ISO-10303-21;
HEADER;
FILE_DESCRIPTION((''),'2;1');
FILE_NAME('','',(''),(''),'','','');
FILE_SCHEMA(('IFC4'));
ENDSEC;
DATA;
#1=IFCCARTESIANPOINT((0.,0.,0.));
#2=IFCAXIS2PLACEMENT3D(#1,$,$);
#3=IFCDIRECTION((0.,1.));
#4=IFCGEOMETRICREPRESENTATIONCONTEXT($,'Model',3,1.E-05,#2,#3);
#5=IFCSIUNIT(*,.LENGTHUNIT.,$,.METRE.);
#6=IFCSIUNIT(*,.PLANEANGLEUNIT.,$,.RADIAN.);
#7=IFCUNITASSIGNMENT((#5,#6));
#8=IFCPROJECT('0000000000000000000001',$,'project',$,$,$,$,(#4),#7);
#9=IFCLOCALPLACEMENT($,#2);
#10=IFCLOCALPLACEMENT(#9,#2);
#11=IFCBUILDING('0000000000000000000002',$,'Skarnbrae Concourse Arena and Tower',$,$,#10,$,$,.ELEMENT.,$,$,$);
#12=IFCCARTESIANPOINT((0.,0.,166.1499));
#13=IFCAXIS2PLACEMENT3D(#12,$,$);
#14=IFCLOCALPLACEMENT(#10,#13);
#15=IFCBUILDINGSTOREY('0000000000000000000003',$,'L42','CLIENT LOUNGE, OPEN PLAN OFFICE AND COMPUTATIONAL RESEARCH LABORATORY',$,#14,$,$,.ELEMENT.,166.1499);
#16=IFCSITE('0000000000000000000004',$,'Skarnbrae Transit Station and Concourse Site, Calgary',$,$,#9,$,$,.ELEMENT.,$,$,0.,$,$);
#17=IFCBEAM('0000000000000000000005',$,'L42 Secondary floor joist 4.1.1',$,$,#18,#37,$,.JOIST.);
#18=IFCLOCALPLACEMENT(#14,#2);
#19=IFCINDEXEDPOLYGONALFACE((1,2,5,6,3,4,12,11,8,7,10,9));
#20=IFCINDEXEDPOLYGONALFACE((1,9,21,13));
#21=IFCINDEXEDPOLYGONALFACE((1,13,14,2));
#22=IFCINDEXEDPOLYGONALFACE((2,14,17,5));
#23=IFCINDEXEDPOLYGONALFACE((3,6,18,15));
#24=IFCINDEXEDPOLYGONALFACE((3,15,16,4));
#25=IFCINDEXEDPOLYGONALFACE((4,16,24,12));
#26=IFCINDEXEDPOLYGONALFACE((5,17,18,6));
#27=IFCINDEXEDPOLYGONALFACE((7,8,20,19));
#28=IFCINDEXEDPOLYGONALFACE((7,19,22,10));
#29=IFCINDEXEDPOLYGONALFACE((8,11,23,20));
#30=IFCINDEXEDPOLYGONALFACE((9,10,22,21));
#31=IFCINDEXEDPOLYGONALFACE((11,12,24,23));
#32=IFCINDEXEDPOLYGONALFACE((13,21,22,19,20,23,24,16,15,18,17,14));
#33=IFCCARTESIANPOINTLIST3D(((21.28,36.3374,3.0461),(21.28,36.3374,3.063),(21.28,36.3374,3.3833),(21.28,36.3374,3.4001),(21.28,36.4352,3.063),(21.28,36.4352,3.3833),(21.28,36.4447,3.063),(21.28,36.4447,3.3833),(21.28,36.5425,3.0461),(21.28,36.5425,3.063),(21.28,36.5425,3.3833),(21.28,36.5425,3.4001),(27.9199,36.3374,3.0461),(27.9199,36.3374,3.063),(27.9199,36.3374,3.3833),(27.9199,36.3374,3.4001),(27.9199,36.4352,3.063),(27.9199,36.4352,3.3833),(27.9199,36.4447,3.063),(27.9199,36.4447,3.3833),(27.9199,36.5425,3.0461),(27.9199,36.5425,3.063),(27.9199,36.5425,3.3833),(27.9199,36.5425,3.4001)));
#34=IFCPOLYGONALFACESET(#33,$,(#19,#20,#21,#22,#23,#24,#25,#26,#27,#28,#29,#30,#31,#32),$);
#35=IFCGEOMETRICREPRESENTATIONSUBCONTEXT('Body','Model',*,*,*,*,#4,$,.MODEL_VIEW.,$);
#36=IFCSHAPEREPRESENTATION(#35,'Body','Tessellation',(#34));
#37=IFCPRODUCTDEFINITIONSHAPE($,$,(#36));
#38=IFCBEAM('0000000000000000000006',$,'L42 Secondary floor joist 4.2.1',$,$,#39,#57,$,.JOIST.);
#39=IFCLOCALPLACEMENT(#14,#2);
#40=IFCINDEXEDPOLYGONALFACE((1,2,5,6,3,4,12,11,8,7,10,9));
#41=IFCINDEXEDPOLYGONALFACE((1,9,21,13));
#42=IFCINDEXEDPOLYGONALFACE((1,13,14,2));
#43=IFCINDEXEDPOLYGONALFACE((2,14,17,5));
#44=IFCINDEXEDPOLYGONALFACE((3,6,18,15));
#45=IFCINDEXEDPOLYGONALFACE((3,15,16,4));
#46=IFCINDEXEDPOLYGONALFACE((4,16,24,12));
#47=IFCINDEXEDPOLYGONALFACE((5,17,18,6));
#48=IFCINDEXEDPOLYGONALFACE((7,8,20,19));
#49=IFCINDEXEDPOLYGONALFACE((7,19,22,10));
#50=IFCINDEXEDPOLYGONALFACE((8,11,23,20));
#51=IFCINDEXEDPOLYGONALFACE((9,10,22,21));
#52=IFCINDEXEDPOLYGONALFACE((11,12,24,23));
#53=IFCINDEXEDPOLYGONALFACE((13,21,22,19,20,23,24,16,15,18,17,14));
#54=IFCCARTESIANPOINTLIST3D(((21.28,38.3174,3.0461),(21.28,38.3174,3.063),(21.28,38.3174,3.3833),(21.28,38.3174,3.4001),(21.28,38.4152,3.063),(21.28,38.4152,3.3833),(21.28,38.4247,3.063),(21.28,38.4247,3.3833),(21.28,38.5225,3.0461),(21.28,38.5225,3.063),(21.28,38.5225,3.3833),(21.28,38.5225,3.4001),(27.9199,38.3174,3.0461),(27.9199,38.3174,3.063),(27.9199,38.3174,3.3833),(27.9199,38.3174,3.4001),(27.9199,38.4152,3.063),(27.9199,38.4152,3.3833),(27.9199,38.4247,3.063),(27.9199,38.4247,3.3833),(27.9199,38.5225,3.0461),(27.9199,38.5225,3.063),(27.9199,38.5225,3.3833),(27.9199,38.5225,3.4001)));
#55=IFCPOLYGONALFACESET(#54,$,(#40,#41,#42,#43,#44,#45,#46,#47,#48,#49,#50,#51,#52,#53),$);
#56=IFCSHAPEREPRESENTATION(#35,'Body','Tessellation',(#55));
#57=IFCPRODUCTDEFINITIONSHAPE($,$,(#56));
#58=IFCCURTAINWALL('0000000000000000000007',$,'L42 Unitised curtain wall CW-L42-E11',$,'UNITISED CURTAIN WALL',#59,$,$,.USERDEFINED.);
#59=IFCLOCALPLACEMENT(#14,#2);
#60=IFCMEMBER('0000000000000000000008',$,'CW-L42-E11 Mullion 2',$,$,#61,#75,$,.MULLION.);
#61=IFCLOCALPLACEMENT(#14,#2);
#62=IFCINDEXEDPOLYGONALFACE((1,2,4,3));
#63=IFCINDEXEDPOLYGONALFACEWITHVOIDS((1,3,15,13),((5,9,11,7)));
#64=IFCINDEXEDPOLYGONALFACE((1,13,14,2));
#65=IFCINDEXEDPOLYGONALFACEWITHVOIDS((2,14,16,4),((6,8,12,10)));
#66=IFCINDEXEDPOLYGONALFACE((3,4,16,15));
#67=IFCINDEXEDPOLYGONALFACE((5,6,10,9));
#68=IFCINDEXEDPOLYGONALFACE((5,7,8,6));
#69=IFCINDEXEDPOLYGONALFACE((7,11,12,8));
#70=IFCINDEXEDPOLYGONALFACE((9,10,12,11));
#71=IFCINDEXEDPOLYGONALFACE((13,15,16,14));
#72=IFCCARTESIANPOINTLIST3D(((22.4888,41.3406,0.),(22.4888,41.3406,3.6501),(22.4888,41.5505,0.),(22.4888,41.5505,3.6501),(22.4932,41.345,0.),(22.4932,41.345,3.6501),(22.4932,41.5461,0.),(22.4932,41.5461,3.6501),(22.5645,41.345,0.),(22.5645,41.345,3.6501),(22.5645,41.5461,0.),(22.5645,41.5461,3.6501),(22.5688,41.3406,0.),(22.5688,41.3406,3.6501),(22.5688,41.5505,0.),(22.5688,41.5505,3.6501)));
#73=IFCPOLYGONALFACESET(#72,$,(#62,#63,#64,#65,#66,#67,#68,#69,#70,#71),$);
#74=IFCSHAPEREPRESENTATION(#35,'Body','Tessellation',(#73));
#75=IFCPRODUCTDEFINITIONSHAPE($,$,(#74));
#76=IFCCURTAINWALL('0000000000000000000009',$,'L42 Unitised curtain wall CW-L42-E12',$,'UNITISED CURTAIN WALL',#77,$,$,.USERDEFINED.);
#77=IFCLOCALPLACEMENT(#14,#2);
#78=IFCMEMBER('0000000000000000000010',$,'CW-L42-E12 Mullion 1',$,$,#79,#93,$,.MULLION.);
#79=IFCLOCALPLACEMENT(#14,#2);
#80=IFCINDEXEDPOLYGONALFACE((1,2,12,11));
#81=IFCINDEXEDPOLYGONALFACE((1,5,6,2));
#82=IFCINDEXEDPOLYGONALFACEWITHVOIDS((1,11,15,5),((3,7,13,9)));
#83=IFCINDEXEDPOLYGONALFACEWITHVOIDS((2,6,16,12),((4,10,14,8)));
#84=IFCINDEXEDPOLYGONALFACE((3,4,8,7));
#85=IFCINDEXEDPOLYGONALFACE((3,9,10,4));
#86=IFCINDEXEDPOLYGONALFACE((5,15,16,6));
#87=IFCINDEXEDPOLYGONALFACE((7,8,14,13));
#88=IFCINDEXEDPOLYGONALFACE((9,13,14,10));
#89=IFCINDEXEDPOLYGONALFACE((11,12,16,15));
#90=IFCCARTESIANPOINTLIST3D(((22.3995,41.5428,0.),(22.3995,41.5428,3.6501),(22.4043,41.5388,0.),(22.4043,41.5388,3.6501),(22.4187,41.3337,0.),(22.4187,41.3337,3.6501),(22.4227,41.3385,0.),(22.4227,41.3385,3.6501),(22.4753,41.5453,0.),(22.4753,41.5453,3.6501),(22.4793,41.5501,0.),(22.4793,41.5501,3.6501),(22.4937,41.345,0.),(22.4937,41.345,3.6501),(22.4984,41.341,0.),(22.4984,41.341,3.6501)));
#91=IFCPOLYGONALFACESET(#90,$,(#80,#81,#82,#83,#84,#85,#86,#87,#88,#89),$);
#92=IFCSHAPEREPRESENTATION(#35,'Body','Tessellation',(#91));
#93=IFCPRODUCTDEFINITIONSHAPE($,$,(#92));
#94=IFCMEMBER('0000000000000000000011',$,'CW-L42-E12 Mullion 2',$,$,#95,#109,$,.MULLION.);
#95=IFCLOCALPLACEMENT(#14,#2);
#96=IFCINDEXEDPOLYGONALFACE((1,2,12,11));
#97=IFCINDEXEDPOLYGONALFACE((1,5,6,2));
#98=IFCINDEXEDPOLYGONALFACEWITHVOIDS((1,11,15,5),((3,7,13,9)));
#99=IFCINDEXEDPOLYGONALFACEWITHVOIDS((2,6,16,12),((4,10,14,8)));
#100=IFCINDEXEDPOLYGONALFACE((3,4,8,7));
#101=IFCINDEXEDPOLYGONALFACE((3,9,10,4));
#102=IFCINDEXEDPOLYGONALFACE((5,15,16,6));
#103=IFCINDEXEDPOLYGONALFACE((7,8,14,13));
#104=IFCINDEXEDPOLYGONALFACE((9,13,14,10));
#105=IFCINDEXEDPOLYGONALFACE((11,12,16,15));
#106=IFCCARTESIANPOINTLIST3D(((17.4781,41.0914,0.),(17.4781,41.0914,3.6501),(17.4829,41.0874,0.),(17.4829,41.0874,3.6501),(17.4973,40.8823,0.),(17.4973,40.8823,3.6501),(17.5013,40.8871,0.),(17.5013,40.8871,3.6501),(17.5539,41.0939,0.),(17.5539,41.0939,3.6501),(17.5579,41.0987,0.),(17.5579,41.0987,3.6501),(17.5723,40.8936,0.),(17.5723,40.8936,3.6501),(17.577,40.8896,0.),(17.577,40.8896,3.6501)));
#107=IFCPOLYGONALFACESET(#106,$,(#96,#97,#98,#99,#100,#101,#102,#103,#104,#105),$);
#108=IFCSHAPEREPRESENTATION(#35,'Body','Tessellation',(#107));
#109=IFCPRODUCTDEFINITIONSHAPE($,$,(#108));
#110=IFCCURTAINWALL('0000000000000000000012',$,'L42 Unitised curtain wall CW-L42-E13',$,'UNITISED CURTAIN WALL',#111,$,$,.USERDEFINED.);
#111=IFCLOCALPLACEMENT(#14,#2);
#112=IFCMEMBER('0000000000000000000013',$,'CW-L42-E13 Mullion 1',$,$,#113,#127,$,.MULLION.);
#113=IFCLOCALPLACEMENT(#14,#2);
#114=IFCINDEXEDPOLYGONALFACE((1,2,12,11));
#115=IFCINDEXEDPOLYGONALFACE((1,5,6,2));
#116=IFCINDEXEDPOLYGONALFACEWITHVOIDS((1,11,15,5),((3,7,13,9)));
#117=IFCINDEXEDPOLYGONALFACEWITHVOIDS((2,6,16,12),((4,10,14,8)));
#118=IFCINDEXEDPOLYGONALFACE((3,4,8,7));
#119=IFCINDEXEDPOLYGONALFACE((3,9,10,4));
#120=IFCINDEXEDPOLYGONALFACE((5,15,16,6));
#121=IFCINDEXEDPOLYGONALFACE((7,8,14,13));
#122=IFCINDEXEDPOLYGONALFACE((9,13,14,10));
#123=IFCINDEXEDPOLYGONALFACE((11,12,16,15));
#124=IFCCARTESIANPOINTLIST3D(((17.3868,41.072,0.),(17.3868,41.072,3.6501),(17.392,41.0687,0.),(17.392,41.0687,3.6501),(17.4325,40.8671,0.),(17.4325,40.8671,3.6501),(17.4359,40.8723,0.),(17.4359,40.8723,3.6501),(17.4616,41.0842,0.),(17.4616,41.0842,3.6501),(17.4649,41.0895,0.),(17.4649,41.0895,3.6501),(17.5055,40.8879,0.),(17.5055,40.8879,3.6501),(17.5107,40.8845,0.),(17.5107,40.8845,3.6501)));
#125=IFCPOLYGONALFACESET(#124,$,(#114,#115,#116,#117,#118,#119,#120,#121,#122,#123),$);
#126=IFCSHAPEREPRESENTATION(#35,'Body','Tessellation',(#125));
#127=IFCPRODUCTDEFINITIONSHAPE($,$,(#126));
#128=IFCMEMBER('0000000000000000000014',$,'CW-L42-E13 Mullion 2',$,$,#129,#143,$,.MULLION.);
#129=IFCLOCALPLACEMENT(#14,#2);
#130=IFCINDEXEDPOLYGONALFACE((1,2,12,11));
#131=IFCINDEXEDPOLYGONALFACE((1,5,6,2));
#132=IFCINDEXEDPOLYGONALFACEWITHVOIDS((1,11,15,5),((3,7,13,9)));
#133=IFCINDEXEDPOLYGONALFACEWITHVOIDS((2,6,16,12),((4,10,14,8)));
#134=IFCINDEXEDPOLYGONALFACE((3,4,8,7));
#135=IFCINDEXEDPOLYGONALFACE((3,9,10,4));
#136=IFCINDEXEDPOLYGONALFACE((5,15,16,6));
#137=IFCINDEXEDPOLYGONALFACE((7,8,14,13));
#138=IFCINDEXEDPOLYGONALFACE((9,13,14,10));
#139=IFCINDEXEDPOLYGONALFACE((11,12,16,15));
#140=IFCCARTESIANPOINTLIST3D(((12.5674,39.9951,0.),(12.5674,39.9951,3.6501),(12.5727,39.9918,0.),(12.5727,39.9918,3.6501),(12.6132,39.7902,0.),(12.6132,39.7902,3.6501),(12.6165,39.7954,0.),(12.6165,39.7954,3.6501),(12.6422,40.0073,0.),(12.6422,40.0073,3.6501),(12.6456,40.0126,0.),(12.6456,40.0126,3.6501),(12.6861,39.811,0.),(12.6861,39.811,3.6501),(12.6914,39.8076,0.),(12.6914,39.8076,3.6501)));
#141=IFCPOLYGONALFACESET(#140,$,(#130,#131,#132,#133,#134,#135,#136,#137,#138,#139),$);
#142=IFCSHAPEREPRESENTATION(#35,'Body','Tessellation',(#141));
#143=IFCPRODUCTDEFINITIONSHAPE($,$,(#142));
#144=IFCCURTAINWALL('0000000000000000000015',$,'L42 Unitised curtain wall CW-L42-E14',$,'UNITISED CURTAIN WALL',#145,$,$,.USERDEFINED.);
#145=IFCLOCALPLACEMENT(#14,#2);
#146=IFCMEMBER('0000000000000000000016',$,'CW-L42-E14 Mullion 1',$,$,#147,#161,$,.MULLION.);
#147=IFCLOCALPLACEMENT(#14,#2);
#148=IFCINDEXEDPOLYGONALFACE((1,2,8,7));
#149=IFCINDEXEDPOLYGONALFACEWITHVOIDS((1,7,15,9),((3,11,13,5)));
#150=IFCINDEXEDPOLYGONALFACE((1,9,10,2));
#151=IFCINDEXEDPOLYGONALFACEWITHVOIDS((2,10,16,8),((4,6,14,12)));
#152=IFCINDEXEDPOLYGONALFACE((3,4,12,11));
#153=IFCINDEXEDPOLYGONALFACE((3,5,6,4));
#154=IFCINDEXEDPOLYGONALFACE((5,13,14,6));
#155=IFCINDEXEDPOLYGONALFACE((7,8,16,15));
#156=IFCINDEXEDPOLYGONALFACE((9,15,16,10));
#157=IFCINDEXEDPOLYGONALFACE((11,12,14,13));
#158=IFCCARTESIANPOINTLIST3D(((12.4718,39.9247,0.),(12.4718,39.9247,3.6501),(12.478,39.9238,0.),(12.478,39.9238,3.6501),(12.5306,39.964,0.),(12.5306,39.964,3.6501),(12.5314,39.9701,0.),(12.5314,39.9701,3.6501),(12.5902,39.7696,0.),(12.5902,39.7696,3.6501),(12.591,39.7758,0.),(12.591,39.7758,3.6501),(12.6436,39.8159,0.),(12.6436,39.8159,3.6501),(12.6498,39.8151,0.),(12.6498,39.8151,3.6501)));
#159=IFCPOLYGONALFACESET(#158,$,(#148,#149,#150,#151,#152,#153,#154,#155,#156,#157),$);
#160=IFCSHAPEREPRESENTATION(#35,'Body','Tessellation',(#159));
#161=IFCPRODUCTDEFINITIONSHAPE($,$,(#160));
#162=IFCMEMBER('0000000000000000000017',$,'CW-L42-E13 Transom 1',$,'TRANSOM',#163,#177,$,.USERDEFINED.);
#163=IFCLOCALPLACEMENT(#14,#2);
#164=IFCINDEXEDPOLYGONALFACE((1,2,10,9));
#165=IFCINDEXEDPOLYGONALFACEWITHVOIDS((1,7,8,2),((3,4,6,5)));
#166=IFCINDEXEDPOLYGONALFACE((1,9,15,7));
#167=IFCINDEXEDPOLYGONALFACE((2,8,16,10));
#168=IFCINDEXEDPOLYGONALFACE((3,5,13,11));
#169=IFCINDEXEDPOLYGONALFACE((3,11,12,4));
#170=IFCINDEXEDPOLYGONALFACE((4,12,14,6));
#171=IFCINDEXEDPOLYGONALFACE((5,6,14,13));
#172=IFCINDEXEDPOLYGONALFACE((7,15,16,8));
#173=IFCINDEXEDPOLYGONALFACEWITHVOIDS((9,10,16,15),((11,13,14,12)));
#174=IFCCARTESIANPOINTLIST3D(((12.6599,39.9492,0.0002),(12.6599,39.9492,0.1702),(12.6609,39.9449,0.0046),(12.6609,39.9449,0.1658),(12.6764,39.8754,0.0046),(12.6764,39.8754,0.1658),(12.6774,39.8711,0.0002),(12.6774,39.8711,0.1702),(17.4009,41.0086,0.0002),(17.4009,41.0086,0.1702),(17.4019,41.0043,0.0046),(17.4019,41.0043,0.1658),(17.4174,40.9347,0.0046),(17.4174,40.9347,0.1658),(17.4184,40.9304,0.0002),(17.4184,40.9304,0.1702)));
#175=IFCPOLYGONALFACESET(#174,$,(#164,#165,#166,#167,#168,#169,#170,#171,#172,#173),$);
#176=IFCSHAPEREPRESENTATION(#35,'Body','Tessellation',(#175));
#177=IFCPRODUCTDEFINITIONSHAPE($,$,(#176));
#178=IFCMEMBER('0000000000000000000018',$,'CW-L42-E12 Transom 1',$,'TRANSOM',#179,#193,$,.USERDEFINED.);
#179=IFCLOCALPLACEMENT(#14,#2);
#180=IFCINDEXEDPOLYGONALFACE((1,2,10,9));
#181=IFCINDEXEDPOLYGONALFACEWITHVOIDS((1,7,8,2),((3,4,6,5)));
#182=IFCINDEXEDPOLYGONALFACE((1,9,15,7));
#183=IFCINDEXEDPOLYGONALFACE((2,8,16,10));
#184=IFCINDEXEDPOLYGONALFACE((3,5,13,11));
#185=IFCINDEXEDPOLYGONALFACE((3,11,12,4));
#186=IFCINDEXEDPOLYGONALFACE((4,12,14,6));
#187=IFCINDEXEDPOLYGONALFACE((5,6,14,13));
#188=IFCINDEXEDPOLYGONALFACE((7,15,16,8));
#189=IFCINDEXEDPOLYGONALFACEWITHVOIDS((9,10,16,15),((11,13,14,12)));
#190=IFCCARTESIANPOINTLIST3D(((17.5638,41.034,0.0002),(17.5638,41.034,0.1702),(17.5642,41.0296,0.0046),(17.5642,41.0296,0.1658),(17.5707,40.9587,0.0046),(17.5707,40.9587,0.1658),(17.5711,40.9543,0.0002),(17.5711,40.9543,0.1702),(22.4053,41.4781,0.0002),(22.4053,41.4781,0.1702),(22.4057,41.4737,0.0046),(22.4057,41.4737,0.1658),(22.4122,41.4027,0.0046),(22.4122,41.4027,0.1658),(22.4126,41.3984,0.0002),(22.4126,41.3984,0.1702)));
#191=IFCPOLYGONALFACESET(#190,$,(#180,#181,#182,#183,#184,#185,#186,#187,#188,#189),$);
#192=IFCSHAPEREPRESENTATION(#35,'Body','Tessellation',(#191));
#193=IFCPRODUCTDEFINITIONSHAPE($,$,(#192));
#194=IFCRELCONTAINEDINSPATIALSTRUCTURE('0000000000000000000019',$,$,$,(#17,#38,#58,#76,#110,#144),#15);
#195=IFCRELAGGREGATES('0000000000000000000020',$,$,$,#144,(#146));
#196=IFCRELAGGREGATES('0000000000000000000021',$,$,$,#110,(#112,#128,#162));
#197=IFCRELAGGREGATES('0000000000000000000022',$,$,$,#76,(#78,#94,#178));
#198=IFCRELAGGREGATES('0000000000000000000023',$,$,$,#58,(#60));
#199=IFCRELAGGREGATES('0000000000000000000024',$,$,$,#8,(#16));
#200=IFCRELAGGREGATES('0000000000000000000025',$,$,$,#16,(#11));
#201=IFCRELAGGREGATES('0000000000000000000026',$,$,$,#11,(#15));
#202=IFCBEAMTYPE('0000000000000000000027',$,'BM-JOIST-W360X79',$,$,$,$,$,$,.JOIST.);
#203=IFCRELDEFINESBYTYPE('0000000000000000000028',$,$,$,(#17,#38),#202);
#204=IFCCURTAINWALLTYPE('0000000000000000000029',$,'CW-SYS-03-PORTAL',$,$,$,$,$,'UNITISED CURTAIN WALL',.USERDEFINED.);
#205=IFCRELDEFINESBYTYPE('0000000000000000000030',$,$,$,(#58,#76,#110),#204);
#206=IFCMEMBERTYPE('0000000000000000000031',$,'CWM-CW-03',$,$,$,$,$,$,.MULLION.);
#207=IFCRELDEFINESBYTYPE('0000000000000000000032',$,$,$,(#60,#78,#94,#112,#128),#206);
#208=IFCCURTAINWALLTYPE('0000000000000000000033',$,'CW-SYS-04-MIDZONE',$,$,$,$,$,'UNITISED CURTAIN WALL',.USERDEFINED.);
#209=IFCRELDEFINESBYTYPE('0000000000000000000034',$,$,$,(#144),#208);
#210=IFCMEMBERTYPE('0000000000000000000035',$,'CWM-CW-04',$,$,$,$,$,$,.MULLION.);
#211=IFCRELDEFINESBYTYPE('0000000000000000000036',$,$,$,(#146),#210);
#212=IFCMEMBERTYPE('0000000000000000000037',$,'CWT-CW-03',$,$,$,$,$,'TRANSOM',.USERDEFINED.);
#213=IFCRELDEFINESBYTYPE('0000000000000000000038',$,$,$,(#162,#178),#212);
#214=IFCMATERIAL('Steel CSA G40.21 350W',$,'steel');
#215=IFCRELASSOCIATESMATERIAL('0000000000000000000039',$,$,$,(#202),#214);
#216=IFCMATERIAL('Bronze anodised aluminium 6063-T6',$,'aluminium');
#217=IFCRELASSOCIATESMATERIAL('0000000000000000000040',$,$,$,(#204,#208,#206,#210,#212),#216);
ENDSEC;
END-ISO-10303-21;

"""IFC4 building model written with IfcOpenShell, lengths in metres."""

from ifc_helpers import new_model, si_unit, direction, frame, origin, origin_2d, place, context, subcontext, project, spatial, hollow_rectangle, i_section, extrude, source, transform, mapped, material, material_profile, profile_set, type_object, element, aggregate, save


model = new_model("IFC4")

# Units and contexts
model_context = context("Model", 3, precision=1e-05, world=origin(), true_north=direction((0.0, 1.0)))
body_context = subcontext(model_context, "Body", "Model", "MODEL_VIEW")
ifc_project = project(units=[si_unit("LENGTHUNIT", "METRE"), si_unit("PLANEANGLEUNIT", "RADIAN")], contexts=[model_context])

# Site, building, storey
site_placement = place(None, origin())
site = spatial("IfcSite", under=ifc_project, at=site_placement, Name="Skarnbrae Transit Station and Concourse Site, Calgary", CompositionType="ELEMENT", RefElevation=0.0)
building_placement = place(site_placement, origin())
building = spatial("IfcBuilding", under=site, at=building_placement, Name="Skarnbrae Concourse Arena and Tower", CompositionType="ELEMENT")
storey_placement = place(building_placement, frame((0.0, 0.0, 166.1499)))
storey = spatial("IfcBuildingStorey", under=building, at=storey_placement, Name="L42", Description="CLIENT LOUNGE, OPEN PLAN OFFICE AND COMPUTATIONAL RESEARCH LABORATORY", CompositionType="ELEMENT", Elevation=166.1499)

# Shared definitions
ifc_material_1 = material(Name="Steel CSA G40.21 350W", Category="steel")

# Beams
ifc_material_profile_1 = material_profile(ifc_material_1, i_section(OverallWidth=0.2051, OverallDepth=0.354, WebThickness=0.0095, FlangeThickness=0.0168, at=origin_2d()), Name="W360X79")
ifc_profile_set_1 = profile_set([ifc_material_profile_1], Name="Steel CSA G40.21 350W")
beam_type_1 = type_object("IfcBeamType", Name="BM-JOIST-W360X79", PredefinedType="JOIST", material=ifc_profile_set_1)
shared_shape_1 = source(origin(), body_context, "Body", "SweptSolid", [
    extrude(i_section(OverallWidth=0.2051, OverallDepth=0.354, WebThickness=0.0095, FlangeThickness=0.0168, at=origin_2d()), origin(), (0.0, 0.0, 1.0), 6.6399),
])
for number, where, z_axis, x_axis, name in (
    (1, (21.28, 36.4399, 3.2231), (1.0, 0.0, 0.0), (0.0, 1.0, 0.0), "L42 Secondary floor joist 4.1.1"),
    (2, (21.28, 38.4199, 3.2231), (1.0, 0.0, 0.0), (0.0, 1.0, 0.0), "L42 Secondary floor joist 4.2.1"),
):
    element("IfcBeam", number, at=place(storey_placement, frame(where, z_axis=z_axis, x_axis=x_axis)), inside=storey, type_object=beam_type_1, Name=name, PredefinedType="JOIST", context=body_context, shape_type="MappedRepresentation", body=[
        mapped(shared_shape_1, transform((0.0, 0.0, 0.0))),
    ])

# Curtain wall, member
ifc_material_2 = material(Name="Bronze anodised aluminium 6063-T6", Category="aluminium")
curtain_wall_type_1 = type_object("IfcCurtainWallType", Name="CW-SYS-03-PORTAL", ElementType="UNITISED CURTAIN WALL", PredefinedType="USERDEFINED", material=ifc_material_2)
curtain_wall_1_placement = place(storey_placement, origin())
curtain_wall_1 = element("IfcCurtainWall", 3, at=curtain_wall_1_placement, inside=storey, type_object=curtain_wall_type_1, Name="L42 Unitised curtain wall CW-L42-E11", ObjectType="UNITISED CURTAIN WALL", PredefinedType="USERDEFINED")
ifc_material_profile_2 = material_profile(ifc_material_2, hollow_rectangle(XDim=0.0801, YDim=0.21, WallThickness=0.0044, at=origin_2d()), Name="ALU-MULL-80X210")
ifc_profile_set_2 = profile_set([ifc_material_profile_2], Name="Bronze anodised aluminium 6063-T6")
member_type_1 = type_object("IfcMemberType", Name="CWM-CW-03", PredefinedType="MULLION", material=ifc_profile_set_2)
shared_shape_2 = source(origin(), body_context, "Body", "SweptSolid", [
    extrude(hollow_rectangle(XDim=0.0801, YDim=0.21, WallThickness=0.0044, at=origin_2d()), origin(), (0.0, 0.0, 1.0), 3.6501),
])
member_1_placement = place(storey_placement, frame((22.5288, 41.4456, 0.0), z_axis=(0.0, 0.0, 1.0), x_axis=(-1.0, 0.0, 0.0)))
member_1 = element("IfcMember", 4, at=member_1_placement, type_object=member_type_1, Name="CW-L42-E11 Mullion 2", PredefinedType="MULLION", context=body_context, shape_type="MappedRepresentation", body=[
    mapped(shared_shape_2, transform((0.0, 0.0, 0.0))),
])

# Curtain walls, members
curtain_wall_2_placement = place(storey_placement, origin())
curtain_wall_2 = element("IfcCurtainWall", 5, at=curtain_wall_2_placement, inside=storey, type_object=curtain_wall_type_1, Name="L42 Unitised curtain wall CW-L42-E12", ObjectType="UNITISED CURTAIN WALL", PredefinedType="USERDEFINED")
member_2_placement = place(storey_placement, frame((22.449, 41.4419, 0.0), z_axis=(0.0, 0.0, 1.0), x_axis=(-0.99582, -0.091338, 0.0)))
member_2 = element("IfcMember", 6, at=member_2_placement, type_object=member_type_1, Name="CW-L42-E12 Mullion 1", PredefinedType="MULLION", context=body_context, shape_type="MappedRepresentation", body=[
    mapped(shared_shape_2, transform((0.0, 0.0, 0.0))),
])
member_3_placement = place(storey_placement, frame((17.5276, 40.9905, 0.0), z_axis=(0.0, 0.0, 1.0), x_axis=(-0.99582, -0.091338, 0.0)))
member_3 = element("IfcMember", 7, at=member_3_placement, type_object=member_type_1, Name="CW-L42-E12 Mullion 2", PredefinedType="MULLION", context=body_context, shape_type="MappedRepresentation", body=[
    mapped(shared_shape_2, transform((0.0, 0.0, 0.0))),
])
curtain_wall_3_placement = place(storey_placement, origin())
curtain_wall_3 = element("IfcCurtainWall", 8, at=curtain_wall_3_placement, inside=storey, type_object=curtain_wall_type_1, Name="L42 Unitised curtain wall CW-L42-E13", ObjectType="UNITISED CURTAIN WALL", PredefinedType="USERDEFINED")
member_4_placement = place(storey_placement, frame((17.4487, 40.9783, 0.0), z_axis=(0.0, 0.0, 1.0), x_axis=(-0.975936, -0.218056, 0.0)))
member_4 = element("IfcMember", 9, at=member_4_placement, type_object=member_type_1, Name="CW-L42-E13 Mullion 1", PredefinedType="MULLION", context=body_context, shape_type="MappedRepresentation", body=[
    mapped(shared_shape_2, transform((0.0, 0.0, 0.0))),
])
member_5_placement = place(storey_placement, frame((12.6294, 39.9014, 0.0), z_axis=(0.0, 0.0, 1.0), x_axis=(-0.975936, -0.218056, 0.0)))
member_5 = element("IfcMember", 10, at=member_5_placement, type_object=member_type_1, Name="CW-L42-E13 Mullion 2", PredefinedType="MULLION", context=body_context, shape_type="MappedRepresentation", body=[
    mapped(shared_shape_2, transform((0.0, 0.0, 0.0))),
])

# Curtain wall, member
curtain_wall_type_2 = type_object("IfcCurtainWallType", Name="CW-SYS-04-MIDZONE", ElementType="UNITISED CURTAIN WALL", PredefinedType="USERDEFINED", material=ifc_material_2)
curtain_wall_4_placement = place(storey_placement, origin())
curtain_wall_4 = element("IfcCurtainWall", 11, at=curtain_wall_4_placement, inside=storey, type_object=curtain_wall_type_2, Name="L42 Unitised curtain wall CW-L42-E14", ObjectType="UNITISED CURTAIN WALL", PredefinedType="USERDEFINED")
ifc_material_profile_3 = material_profile(ifc_material_2, hollow_rectangle(XDim=0.075, YDim=0.1951, WallThickness=0.0044, at=origin_2d()), Name="ALU-MULL-75X195")
ifc_profile_set_3 = profile_set([ifc_material_profile_3], Name="Bronze anodised aluminium 6063-T6")
member_type_2 = type_object("IfcMemberType", Name="CWM-CW-04", PredefinedType="MULLION", material=ifc_profile_set_3)
shared_shape_3 = source(origin(), body_context, "Body", "SweptSolid", [
    extrude(hollow_rectangle(XDim=0.075, YDim=0.1951, WallThickness=0.0044, at=origin_2d()), origin(), (0.0, 0.0, 1.0), 3.6501),
])
member_6_placement = place(storey_placement, frame((12.5608, 39.8699, 0.0), z_axis=(0.0, 0.0, 1.0), x_axis=(-0.794956, -0.606667, 0.0)))
member_6 = element("IfcMember", 12, at=member_6_placement, type_object=member_type_2, Name="CW-L42-E14 Mullion 1", PredefinedType="MULLION", context=body_context, shape_type="MappedRepresentation", body=[
    mapped(shared_shape_3, transform((0.0, 0.0, 0.0))),
])
aggregate(curtain_wall_4, [member_6])

# Members
ifc_material_profile_4 = material_profile(ifc_material_2, hollow_rectangle(XDim=0.0801, YDim=0.1699, WallThickness=0.0044, at=origin_2d()), Name="ALU-TRAN-80X170")
ifc_profile_set_4 = profile_set([ifc_material_profile_4], Name="Bronze anodised aluminium 6063-T6")
member_type_3 = type_object("IfcMemberType", Name="CWT-CW-03", ElementType="TRANSOM", PredefinedType="USERDEFINED", material=ifc_profile_set_4)
shared_shape_4 = source(origin(), body_context, "Body", "SweptSolid", [
    extrude(hollow_rectangle(XDim=0.0801, YDim=0.1699, WallThickness=0.0044, at=origin_2d()), origin(), (0.0, 0.0, 1.0), 4.8579),
])
member_7_placement = place(storey_placement, frame((17.4097, 40.9695, 0.0852), z_axis=(-0.975935, -0.218064, 0.0), x_axis=(0.218064, -0.975935, 0.0)))
member_7 = element("IfcMember", 13, at=member_7_placement, type_object=member_type_3, Name="CW-L42-E13 Transom 1", ObjectType="TRANSOM", PredefinedType="USERDEFINED", context=body_context, shape_type="MappedRepresentation", body=[
    mapped(shared_shape_4, transform((0.0, 0.0, 0.0))),
])
shared_shape_5 = source(origin(), body_context, "Body", "SweptSolid", [
    extrude(hollow_rectangle(XDim=0.0801, YDim=0.1699, WallThickness=0.0044, at=origin_2d()), origin(), (0.0, 0.0, 1.0), 4.8618),
])
member_8_placement = place(storey_placement, frame((22.4089, 41.4382, 0.0852), z_axis=(-0.99582, -0.091342, 0.0), x_axis=(0.091342, -0.99582, 0.0)))
member_8 = element("IfcMember", 14, at=member_8_placement, type_object=member_type_3, Name="CW-L42-E12 Transom 1", ObjectType="TRANSOM", PredefinedType="USERDEFINED", context=body_context, shape_type="MappedRepresentation", body=[
    mapped(shared_shape_5, transform((0.0, 0.0, 0.0))),
])

aggregate(curtain_wall_3, [member_4, member_5, member_7])
aggregate(curtain_wall_2, [member_2, member_3, member_8])
aggregate(curtain_wall_1, [member_1])

save(model, "model.ifc")
